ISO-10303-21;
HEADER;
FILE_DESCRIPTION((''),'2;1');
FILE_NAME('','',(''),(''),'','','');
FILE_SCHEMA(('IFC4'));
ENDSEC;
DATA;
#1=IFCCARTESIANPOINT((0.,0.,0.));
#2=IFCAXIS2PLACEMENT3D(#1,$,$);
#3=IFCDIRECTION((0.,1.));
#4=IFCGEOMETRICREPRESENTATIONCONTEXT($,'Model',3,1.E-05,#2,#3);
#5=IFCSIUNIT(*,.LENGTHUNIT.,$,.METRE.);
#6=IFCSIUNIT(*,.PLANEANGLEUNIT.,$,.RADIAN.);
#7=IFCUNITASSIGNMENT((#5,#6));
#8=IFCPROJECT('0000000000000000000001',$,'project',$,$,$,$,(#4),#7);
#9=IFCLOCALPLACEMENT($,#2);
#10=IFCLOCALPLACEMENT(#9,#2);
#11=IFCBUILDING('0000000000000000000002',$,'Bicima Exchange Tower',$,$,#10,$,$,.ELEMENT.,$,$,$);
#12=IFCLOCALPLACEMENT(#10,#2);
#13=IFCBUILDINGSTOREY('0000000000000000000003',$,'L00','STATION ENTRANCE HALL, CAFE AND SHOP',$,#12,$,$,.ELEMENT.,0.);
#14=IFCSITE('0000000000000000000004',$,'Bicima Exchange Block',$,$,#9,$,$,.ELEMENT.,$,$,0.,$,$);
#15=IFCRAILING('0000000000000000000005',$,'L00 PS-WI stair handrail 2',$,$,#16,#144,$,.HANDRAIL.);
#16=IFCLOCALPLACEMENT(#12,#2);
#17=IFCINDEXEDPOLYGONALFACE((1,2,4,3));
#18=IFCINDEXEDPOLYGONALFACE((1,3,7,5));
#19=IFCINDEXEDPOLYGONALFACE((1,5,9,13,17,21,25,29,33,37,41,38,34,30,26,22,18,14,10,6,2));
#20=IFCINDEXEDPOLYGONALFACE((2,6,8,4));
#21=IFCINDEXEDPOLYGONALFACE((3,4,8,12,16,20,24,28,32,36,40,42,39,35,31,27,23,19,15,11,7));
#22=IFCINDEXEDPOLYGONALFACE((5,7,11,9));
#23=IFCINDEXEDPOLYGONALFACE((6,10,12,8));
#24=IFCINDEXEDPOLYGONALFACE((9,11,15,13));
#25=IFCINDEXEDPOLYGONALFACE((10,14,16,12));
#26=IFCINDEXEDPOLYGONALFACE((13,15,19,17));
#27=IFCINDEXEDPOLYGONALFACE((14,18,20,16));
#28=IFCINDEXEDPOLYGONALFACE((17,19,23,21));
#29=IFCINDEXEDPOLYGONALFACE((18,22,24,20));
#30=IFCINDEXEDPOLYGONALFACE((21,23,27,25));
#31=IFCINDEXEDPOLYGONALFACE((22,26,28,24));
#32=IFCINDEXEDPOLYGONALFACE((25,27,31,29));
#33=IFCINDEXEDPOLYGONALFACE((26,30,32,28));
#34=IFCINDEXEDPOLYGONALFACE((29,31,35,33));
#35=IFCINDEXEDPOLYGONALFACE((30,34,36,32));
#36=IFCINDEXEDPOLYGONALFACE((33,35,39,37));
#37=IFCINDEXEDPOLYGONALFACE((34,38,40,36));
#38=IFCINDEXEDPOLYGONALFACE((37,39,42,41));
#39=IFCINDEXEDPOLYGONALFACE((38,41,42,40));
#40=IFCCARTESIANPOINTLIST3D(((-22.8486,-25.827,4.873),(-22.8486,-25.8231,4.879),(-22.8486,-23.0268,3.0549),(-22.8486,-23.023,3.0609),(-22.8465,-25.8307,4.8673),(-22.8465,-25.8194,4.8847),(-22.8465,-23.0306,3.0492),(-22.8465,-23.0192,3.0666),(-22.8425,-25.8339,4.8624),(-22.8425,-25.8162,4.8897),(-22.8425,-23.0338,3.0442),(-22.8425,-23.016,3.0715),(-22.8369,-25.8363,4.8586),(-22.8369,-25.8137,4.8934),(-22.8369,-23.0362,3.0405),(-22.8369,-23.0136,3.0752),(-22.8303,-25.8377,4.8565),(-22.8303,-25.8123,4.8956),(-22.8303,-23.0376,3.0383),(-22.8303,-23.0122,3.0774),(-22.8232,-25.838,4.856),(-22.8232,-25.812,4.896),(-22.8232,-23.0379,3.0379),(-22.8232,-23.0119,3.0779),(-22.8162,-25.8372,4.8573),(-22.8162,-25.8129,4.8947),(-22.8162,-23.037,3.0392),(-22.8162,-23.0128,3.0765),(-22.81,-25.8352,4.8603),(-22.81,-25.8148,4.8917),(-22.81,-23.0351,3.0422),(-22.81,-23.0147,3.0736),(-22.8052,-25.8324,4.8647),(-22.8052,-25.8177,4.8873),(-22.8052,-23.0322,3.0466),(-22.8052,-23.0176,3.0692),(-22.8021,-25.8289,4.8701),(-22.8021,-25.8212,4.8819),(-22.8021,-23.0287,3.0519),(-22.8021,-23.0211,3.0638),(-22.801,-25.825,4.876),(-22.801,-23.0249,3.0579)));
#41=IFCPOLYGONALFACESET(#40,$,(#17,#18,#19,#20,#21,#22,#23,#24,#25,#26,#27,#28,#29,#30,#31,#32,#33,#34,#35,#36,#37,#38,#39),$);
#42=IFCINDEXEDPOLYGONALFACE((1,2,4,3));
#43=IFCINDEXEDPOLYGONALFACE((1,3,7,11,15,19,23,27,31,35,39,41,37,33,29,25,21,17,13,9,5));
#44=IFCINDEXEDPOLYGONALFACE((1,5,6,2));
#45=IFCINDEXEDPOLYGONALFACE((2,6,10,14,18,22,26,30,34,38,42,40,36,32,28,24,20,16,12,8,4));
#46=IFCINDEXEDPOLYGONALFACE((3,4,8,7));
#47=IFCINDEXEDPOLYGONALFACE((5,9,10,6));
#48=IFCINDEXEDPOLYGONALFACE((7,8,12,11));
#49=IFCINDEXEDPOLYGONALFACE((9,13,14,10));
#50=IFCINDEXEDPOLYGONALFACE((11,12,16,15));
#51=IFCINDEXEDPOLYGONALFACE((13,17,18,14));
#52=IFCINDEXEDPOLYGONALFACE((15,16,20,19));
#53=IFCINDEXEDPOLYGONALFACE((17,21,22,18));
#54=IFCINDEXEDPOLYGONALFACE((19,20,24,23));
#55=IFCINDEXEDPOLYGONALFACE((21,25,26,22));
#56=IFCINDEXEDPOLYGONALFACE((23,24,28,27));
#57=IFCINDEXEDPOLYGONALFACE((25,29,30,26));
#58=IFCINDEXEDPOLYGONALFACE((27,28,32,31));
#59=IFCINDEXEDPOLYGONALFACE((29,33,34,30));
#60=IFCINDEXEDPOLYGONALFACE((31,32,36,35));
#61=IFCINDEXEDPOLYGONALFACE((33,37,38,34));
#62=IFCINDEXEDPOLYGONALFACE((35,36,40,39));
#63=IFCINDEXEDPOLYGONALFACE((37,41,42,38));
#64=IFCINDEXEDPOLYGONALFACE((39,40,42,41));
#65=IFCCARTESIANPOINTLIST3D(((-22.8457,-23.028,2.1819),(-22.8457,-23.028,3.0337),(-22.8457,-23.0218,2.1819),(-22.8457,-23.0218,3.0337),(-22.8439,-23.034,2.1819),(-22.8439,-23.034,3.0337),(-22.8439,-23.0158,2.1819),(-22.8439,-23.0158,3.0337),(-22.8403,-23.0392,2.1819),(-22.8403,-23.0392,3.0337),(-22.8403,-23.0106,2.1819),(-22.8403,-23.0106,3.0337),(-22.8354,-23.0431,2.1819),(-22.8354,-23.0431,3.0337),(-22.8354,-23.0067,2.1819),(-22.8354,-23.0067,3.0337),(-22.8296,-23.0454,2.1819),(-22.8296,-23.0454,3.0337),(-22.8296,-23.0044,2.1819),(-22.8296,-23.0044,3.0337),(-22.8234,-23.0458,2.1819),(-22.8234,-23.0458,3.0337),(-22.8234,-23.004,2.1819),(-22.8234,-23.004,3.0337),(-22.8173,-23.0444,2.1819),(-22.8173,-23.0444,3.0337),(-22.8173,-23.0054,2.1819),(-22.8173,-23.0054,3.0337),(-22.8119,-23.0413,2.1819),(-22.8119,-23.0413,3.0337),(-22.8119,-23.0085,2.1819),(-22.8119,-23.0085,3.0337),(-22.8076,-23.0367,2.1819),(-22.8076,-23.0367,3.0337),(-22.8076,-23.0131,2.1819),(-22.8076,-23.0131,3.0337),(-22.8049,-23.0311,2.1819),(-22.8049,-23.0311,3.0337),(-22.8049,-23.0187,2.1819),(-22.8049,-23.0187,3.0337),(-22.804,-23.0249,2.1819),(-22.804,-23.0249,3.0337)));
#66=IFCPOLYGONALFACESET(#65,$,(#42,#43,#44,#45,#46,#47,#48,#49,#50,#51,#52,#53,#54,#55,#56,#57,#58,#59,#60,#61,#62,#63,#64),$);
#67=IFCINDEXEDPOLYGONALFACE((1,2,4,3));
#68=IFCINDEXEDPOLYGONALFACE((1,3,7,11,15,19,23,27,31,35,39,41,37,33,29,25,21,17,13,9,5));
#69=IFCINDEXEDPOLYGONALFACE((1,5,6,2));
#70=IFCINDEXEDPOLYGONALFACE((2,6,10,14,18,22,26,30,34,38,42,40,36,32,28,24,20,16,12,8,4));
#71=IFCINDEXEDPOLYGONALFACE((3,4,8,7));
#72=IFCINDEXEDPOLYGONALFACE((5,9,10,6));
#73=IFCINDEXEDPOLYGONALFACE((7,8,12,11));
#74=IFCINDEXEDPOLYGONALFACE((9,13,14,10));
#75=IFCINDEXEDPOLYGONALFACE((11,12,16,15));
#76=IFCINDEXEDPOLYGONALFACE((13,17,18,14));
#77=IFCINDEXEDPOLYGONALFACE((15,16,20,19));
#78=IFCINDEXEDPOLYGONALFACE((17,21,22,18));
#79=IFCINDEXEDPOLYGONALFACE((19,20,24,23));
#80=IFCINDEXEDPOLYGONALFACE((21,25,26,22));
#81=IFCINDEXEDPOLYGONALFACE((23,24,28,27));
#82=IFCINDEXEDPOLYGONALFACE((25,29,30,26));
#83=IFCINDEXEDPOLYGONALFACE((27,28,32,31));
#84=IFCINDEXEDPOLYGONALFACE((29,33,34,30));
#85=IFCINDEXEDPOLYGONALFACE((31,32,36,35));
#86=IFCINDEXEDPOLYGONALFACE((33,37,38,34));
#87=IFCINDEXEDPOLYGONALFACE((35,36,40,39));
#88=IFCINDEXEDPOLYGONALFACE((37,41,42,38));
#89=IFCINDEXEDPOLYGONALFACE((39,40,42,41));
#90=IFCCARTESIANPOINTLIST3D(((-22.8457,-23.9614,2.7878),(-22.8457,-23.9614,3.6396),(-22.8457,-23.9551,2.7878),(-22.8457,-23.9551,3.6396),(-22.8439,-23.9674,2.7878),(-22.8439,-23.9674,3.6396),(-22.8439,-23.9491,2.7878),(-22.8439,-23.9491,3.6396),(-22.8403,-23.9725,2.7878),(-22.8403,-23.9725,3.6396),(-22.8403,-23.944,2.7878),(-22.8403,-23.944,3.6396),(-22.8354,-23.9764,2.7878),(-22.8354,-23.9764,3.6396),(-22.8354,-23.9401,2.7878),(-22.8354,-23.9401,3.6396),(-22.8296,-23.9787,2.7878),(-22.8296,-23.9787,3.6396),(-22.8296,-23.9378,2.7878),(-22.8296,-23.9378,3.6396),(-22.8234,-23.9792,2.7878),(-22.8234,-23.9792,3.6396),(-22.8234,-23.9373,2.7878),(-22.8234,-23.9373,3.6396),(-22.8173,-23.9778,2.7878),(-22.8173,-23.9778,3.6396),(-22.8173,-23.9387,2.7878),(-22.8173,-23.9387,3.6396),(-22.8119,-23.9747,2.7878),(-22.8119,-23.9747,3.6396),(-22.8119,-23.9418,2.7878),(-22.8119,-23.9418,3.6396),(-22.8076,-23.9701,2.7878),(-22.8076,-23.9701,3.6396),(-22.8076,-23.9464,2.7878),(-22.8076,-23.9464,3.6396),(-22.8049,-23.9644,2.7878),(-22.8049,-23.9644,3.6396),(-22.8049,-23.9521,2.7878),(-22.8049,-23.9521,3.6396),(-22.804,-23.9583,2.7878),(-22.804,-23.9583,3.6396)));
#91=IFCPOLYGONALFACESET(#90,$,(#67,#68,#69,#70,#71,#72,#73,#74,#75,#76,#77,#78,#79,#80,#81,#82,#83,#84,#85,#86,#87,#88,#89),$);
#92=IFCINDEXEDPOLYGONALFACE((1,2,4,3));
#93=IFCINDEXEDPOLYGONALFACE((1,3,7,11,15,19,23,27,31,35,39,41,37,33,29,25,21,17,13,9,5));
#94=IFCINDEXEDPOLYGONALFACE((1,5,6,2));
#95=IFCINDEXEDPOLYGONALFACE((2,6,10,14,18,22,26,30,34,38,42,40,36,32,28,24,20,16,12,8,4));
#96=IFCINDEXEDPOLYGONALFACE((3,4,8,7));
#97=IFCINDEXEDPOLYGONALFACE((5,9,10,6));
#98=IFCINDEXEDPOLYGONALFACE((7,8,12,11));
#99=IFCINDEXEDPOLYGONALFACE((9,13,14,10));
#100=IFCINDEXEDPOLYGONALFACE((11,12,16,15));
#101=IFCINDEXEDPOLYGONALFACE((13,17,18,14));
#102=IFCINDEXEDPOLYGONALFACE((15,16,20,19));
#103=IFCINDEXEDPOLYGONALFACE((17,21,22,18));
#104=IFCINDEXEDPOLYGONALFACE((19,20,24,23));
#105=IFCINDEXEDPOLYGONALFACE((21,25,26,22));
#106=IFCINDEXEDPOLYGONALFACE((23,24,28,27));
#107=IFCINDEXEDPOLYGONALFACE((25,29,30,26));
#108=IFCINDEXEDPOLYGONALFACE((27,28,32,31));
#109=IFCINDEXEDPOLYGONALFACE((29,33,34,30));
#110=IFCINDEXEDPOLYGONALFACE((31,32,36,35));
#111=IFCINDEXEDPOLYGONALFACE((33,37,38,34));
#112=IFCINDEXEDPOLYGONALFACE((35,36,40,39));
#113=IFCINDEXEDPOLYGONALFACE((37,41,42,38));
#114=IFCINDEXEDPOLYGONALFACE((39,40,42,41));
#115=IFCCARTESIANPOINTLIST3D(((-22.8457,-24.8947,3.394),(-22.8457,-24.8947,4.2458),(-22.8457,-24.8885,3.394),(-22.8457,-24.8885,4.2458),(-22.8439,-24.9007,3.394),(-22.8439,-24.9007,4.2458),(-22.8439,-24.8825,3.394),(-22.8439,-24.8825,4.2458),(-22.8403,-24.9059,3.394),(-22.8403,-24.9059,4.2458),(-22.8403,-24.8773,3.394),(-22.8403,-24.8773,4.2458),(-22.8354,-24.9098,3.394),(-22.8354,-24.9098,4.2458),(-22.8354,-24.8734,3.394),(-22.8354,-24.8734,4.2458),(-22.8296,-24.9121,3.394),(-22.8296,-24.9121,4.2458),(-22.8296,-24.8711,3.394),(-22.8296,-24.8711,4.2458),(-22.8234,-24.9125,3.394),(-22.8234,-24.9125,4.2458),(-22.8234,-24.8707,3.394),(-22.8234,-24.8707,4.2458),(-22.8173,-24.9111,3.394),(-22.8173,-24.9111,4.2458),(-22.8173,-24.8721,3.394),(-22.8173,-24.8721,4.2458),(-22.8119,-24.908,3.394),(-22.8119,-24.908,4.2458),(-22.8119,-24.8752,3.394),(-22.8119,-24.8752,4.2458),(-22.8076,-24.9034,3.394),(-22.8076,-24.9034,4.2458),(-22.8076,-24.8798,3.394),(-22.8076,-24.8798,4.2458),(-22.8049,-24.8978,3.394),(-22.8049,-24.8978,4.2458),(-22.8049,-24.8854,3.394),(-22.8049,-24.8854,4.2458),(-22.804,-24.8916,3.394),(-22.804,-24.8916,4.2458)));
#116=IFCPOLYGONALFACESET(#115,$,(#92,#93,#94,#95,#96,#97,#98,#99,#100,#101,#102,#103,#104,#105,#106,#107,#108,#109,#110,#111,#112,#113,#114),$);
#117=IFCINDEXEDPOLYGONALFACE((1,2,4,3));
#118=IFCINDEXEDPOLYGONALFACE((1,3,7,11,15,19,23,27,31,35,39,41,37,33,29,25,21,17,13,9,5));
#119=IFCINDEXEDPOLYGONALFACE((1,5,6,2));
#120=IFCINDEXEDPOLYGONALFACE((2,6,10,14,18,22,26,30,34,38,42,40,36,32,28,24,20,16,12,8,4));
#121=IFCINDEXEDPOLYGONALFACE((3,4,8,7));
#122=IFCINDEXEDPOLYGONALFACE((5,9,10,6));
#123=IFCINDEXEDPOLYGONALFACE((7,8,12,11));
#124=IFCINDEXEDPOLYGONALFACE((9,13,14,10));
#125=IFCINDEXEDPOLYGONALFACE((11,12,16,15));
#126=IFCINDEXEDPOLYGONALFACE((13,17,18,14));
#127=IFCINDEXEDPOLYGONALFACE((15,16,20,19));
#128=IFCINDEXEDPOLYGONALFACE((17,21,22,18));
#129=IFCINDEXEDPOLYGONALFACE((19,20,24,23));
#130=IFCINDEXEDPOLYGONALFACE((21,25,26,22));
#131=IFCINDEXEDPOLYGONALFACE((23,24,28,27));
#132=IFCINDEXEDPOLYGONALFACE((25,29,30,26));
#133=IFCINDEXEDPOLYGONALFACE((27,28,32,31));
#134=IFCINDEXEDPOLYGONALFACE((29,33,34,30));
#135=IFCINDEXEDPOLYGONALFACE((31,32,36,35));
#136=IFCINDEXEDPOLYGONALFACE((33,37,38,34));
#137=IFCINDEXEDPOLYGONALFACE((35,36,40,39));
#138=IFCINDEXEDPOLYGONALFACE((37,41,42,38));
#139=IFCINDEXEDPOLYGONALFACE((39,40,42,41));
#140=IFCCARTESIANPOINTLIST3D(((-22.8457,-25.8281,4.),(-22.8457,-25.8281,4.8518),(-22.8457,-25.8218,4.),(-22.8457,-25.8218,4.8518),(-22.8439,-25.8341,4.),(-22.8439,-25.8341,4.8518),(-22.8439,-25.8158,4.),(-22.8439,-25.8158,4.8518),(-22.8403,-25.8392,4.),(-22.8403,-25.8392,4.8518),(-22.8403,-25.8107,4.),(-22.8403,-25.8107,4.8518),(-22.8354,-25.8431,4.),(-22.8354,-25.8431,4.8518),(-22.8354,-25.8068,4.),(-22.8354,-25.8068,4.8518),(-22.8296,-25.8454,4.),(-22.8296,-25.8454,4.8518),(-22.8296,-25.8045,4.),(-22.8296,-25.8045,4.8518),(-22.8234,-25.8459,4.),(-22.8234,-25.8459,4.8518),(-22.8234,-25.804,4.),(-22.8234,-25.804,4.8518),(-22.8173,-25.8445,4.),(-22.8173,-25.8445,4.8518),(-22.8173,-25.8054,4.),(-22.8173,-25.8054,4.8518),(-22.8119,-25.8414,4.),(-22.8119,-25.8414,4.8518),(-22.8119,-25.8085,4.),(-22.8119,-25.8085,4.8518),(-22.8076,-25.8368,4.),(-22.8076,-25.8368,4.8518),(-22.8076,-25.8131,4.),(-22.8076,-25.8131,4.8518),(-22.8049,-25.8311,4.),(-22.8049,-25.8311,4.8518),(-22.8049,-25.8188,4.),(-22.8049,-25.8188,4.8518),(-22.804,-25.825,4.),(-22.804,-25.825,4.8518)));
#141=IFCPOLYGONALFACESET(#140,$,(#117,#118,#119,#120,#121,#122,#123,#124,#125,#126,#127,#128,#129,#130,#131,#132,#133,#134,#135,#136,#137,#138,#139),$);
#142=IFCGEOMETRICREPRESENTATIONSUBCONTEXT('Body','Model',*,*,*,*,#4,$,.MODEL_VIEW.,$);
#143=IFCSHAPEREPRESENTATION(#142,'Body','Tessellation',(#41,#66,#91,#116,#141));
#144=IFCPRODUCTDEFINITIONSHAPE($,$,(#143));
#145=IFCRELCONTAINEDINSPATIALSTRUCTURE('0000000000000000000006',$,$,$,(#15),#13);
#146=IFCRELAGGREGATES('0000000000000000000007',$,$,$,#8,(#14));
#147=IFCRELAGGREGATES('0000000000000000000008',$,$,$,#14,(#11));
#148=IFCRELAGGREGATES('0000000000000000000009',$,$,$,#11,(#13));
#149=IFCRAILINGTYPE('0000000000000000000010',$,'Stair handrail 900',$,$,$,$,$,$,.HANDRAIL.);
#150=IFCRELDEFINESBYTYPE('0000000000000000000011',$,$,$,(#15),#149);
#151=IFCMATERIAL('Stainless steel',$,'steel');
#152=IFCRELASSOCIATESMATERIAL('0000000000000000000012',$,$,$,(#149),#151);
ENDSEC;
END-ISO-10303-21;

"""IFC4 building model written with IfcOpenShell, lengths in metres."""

from ifc_helpers import new_model, si_unit, direction, frame, origin, origin_2d, place, context, subcontext, project, spatial, circle, extrude, material, type_object, element, save


model = new_model("IFC4")

# Units and contexts
model_context = context("Model", 3, precision=1e-05, world=origin(), true_north=direction((0.0, 1.0)))
body_context = subcontext(model_context, "Body", "Model", "MODEL_VIEW")
ifc_project = project(units=[si_unit("LENGTHUNIT", "METRE"), si_unit("PLANEANGLEUNIT", "RADIAN")], contexts=[model_context])

# Site, building, storey
site_placement = place(None, origin())
site = spatial("IfcSite", under=ifc_project, at=site_placement, Name="Bicima Exchange Block", CompositionType="ELEMENT", RefElevation=0.0)
building_placement = place(site_placement, origin())
building = spatial("IfcBuilding", under=site, at=building_placement, Name="Bicima Exchange Tower", CompositionType="ELEMENT")
storey_placement = place(building_placement, origin())
storey = spatial("IfcBuildingStorey", under=building, at=storey_placement, Name="L00", Description="STATION ENTRANCE HALL, CAFE AND SHOP", CompositionType="ELEMENT", Elevation=0.0)

# Railing
ifc_material_1 = material(Name="Stainless steel", Category="steel")
railing_type_1 = type_object("IfcRailingType", Name="Stair handrail 900", PredefinedType="HANDRAIL", material=ifc_material_1)
for number, where, name in (
    (1, (-22.825, -23.0249, 2.1819), "L00 PS-WI stair handrail 2"),
):
    element("IfcRailing", number, at=place(storey_placement, frame(where)), inside=storey, type_object=railing_type_1, Name=name, PredefinedType="HANDRAIL", context=body_context, shape_type="SweptSolid", body=[
        extrude(circle(Radius=0.0239, at=origin_2d()), frame((0.0, 0.0, 0.876), z_axis=(0.0, -0.838706, 0.544585), x_axis=(1.0, 0.0, 0.0)), (0.0, 0.0, 1.0), 3.3386),
        extrude(circle(Radius=0.021, at=origin_2d()), origin(), (0.0, 0.0, 1.0), 0.8518),
        extrude(circle(Radius=0.021, at=origin_2d()), frame((0.0, -0.9333, 0.606)), (0.0, 0.0, 1.0), 0.8518),
        extrude(circle(Radius=0.021, at=origin_2d()), frame((0.0, -1.8667, 1.2122)), (0.0, 0.0, 1.0), 0.8518),
        extrude(circle(Radius=0.021, at=origin_2d()), frame((0.0, -2.8, 1.8181)), (0.0, 0.0, 1.0), 0.8518),
    ])

save(model, "model.ifc")
